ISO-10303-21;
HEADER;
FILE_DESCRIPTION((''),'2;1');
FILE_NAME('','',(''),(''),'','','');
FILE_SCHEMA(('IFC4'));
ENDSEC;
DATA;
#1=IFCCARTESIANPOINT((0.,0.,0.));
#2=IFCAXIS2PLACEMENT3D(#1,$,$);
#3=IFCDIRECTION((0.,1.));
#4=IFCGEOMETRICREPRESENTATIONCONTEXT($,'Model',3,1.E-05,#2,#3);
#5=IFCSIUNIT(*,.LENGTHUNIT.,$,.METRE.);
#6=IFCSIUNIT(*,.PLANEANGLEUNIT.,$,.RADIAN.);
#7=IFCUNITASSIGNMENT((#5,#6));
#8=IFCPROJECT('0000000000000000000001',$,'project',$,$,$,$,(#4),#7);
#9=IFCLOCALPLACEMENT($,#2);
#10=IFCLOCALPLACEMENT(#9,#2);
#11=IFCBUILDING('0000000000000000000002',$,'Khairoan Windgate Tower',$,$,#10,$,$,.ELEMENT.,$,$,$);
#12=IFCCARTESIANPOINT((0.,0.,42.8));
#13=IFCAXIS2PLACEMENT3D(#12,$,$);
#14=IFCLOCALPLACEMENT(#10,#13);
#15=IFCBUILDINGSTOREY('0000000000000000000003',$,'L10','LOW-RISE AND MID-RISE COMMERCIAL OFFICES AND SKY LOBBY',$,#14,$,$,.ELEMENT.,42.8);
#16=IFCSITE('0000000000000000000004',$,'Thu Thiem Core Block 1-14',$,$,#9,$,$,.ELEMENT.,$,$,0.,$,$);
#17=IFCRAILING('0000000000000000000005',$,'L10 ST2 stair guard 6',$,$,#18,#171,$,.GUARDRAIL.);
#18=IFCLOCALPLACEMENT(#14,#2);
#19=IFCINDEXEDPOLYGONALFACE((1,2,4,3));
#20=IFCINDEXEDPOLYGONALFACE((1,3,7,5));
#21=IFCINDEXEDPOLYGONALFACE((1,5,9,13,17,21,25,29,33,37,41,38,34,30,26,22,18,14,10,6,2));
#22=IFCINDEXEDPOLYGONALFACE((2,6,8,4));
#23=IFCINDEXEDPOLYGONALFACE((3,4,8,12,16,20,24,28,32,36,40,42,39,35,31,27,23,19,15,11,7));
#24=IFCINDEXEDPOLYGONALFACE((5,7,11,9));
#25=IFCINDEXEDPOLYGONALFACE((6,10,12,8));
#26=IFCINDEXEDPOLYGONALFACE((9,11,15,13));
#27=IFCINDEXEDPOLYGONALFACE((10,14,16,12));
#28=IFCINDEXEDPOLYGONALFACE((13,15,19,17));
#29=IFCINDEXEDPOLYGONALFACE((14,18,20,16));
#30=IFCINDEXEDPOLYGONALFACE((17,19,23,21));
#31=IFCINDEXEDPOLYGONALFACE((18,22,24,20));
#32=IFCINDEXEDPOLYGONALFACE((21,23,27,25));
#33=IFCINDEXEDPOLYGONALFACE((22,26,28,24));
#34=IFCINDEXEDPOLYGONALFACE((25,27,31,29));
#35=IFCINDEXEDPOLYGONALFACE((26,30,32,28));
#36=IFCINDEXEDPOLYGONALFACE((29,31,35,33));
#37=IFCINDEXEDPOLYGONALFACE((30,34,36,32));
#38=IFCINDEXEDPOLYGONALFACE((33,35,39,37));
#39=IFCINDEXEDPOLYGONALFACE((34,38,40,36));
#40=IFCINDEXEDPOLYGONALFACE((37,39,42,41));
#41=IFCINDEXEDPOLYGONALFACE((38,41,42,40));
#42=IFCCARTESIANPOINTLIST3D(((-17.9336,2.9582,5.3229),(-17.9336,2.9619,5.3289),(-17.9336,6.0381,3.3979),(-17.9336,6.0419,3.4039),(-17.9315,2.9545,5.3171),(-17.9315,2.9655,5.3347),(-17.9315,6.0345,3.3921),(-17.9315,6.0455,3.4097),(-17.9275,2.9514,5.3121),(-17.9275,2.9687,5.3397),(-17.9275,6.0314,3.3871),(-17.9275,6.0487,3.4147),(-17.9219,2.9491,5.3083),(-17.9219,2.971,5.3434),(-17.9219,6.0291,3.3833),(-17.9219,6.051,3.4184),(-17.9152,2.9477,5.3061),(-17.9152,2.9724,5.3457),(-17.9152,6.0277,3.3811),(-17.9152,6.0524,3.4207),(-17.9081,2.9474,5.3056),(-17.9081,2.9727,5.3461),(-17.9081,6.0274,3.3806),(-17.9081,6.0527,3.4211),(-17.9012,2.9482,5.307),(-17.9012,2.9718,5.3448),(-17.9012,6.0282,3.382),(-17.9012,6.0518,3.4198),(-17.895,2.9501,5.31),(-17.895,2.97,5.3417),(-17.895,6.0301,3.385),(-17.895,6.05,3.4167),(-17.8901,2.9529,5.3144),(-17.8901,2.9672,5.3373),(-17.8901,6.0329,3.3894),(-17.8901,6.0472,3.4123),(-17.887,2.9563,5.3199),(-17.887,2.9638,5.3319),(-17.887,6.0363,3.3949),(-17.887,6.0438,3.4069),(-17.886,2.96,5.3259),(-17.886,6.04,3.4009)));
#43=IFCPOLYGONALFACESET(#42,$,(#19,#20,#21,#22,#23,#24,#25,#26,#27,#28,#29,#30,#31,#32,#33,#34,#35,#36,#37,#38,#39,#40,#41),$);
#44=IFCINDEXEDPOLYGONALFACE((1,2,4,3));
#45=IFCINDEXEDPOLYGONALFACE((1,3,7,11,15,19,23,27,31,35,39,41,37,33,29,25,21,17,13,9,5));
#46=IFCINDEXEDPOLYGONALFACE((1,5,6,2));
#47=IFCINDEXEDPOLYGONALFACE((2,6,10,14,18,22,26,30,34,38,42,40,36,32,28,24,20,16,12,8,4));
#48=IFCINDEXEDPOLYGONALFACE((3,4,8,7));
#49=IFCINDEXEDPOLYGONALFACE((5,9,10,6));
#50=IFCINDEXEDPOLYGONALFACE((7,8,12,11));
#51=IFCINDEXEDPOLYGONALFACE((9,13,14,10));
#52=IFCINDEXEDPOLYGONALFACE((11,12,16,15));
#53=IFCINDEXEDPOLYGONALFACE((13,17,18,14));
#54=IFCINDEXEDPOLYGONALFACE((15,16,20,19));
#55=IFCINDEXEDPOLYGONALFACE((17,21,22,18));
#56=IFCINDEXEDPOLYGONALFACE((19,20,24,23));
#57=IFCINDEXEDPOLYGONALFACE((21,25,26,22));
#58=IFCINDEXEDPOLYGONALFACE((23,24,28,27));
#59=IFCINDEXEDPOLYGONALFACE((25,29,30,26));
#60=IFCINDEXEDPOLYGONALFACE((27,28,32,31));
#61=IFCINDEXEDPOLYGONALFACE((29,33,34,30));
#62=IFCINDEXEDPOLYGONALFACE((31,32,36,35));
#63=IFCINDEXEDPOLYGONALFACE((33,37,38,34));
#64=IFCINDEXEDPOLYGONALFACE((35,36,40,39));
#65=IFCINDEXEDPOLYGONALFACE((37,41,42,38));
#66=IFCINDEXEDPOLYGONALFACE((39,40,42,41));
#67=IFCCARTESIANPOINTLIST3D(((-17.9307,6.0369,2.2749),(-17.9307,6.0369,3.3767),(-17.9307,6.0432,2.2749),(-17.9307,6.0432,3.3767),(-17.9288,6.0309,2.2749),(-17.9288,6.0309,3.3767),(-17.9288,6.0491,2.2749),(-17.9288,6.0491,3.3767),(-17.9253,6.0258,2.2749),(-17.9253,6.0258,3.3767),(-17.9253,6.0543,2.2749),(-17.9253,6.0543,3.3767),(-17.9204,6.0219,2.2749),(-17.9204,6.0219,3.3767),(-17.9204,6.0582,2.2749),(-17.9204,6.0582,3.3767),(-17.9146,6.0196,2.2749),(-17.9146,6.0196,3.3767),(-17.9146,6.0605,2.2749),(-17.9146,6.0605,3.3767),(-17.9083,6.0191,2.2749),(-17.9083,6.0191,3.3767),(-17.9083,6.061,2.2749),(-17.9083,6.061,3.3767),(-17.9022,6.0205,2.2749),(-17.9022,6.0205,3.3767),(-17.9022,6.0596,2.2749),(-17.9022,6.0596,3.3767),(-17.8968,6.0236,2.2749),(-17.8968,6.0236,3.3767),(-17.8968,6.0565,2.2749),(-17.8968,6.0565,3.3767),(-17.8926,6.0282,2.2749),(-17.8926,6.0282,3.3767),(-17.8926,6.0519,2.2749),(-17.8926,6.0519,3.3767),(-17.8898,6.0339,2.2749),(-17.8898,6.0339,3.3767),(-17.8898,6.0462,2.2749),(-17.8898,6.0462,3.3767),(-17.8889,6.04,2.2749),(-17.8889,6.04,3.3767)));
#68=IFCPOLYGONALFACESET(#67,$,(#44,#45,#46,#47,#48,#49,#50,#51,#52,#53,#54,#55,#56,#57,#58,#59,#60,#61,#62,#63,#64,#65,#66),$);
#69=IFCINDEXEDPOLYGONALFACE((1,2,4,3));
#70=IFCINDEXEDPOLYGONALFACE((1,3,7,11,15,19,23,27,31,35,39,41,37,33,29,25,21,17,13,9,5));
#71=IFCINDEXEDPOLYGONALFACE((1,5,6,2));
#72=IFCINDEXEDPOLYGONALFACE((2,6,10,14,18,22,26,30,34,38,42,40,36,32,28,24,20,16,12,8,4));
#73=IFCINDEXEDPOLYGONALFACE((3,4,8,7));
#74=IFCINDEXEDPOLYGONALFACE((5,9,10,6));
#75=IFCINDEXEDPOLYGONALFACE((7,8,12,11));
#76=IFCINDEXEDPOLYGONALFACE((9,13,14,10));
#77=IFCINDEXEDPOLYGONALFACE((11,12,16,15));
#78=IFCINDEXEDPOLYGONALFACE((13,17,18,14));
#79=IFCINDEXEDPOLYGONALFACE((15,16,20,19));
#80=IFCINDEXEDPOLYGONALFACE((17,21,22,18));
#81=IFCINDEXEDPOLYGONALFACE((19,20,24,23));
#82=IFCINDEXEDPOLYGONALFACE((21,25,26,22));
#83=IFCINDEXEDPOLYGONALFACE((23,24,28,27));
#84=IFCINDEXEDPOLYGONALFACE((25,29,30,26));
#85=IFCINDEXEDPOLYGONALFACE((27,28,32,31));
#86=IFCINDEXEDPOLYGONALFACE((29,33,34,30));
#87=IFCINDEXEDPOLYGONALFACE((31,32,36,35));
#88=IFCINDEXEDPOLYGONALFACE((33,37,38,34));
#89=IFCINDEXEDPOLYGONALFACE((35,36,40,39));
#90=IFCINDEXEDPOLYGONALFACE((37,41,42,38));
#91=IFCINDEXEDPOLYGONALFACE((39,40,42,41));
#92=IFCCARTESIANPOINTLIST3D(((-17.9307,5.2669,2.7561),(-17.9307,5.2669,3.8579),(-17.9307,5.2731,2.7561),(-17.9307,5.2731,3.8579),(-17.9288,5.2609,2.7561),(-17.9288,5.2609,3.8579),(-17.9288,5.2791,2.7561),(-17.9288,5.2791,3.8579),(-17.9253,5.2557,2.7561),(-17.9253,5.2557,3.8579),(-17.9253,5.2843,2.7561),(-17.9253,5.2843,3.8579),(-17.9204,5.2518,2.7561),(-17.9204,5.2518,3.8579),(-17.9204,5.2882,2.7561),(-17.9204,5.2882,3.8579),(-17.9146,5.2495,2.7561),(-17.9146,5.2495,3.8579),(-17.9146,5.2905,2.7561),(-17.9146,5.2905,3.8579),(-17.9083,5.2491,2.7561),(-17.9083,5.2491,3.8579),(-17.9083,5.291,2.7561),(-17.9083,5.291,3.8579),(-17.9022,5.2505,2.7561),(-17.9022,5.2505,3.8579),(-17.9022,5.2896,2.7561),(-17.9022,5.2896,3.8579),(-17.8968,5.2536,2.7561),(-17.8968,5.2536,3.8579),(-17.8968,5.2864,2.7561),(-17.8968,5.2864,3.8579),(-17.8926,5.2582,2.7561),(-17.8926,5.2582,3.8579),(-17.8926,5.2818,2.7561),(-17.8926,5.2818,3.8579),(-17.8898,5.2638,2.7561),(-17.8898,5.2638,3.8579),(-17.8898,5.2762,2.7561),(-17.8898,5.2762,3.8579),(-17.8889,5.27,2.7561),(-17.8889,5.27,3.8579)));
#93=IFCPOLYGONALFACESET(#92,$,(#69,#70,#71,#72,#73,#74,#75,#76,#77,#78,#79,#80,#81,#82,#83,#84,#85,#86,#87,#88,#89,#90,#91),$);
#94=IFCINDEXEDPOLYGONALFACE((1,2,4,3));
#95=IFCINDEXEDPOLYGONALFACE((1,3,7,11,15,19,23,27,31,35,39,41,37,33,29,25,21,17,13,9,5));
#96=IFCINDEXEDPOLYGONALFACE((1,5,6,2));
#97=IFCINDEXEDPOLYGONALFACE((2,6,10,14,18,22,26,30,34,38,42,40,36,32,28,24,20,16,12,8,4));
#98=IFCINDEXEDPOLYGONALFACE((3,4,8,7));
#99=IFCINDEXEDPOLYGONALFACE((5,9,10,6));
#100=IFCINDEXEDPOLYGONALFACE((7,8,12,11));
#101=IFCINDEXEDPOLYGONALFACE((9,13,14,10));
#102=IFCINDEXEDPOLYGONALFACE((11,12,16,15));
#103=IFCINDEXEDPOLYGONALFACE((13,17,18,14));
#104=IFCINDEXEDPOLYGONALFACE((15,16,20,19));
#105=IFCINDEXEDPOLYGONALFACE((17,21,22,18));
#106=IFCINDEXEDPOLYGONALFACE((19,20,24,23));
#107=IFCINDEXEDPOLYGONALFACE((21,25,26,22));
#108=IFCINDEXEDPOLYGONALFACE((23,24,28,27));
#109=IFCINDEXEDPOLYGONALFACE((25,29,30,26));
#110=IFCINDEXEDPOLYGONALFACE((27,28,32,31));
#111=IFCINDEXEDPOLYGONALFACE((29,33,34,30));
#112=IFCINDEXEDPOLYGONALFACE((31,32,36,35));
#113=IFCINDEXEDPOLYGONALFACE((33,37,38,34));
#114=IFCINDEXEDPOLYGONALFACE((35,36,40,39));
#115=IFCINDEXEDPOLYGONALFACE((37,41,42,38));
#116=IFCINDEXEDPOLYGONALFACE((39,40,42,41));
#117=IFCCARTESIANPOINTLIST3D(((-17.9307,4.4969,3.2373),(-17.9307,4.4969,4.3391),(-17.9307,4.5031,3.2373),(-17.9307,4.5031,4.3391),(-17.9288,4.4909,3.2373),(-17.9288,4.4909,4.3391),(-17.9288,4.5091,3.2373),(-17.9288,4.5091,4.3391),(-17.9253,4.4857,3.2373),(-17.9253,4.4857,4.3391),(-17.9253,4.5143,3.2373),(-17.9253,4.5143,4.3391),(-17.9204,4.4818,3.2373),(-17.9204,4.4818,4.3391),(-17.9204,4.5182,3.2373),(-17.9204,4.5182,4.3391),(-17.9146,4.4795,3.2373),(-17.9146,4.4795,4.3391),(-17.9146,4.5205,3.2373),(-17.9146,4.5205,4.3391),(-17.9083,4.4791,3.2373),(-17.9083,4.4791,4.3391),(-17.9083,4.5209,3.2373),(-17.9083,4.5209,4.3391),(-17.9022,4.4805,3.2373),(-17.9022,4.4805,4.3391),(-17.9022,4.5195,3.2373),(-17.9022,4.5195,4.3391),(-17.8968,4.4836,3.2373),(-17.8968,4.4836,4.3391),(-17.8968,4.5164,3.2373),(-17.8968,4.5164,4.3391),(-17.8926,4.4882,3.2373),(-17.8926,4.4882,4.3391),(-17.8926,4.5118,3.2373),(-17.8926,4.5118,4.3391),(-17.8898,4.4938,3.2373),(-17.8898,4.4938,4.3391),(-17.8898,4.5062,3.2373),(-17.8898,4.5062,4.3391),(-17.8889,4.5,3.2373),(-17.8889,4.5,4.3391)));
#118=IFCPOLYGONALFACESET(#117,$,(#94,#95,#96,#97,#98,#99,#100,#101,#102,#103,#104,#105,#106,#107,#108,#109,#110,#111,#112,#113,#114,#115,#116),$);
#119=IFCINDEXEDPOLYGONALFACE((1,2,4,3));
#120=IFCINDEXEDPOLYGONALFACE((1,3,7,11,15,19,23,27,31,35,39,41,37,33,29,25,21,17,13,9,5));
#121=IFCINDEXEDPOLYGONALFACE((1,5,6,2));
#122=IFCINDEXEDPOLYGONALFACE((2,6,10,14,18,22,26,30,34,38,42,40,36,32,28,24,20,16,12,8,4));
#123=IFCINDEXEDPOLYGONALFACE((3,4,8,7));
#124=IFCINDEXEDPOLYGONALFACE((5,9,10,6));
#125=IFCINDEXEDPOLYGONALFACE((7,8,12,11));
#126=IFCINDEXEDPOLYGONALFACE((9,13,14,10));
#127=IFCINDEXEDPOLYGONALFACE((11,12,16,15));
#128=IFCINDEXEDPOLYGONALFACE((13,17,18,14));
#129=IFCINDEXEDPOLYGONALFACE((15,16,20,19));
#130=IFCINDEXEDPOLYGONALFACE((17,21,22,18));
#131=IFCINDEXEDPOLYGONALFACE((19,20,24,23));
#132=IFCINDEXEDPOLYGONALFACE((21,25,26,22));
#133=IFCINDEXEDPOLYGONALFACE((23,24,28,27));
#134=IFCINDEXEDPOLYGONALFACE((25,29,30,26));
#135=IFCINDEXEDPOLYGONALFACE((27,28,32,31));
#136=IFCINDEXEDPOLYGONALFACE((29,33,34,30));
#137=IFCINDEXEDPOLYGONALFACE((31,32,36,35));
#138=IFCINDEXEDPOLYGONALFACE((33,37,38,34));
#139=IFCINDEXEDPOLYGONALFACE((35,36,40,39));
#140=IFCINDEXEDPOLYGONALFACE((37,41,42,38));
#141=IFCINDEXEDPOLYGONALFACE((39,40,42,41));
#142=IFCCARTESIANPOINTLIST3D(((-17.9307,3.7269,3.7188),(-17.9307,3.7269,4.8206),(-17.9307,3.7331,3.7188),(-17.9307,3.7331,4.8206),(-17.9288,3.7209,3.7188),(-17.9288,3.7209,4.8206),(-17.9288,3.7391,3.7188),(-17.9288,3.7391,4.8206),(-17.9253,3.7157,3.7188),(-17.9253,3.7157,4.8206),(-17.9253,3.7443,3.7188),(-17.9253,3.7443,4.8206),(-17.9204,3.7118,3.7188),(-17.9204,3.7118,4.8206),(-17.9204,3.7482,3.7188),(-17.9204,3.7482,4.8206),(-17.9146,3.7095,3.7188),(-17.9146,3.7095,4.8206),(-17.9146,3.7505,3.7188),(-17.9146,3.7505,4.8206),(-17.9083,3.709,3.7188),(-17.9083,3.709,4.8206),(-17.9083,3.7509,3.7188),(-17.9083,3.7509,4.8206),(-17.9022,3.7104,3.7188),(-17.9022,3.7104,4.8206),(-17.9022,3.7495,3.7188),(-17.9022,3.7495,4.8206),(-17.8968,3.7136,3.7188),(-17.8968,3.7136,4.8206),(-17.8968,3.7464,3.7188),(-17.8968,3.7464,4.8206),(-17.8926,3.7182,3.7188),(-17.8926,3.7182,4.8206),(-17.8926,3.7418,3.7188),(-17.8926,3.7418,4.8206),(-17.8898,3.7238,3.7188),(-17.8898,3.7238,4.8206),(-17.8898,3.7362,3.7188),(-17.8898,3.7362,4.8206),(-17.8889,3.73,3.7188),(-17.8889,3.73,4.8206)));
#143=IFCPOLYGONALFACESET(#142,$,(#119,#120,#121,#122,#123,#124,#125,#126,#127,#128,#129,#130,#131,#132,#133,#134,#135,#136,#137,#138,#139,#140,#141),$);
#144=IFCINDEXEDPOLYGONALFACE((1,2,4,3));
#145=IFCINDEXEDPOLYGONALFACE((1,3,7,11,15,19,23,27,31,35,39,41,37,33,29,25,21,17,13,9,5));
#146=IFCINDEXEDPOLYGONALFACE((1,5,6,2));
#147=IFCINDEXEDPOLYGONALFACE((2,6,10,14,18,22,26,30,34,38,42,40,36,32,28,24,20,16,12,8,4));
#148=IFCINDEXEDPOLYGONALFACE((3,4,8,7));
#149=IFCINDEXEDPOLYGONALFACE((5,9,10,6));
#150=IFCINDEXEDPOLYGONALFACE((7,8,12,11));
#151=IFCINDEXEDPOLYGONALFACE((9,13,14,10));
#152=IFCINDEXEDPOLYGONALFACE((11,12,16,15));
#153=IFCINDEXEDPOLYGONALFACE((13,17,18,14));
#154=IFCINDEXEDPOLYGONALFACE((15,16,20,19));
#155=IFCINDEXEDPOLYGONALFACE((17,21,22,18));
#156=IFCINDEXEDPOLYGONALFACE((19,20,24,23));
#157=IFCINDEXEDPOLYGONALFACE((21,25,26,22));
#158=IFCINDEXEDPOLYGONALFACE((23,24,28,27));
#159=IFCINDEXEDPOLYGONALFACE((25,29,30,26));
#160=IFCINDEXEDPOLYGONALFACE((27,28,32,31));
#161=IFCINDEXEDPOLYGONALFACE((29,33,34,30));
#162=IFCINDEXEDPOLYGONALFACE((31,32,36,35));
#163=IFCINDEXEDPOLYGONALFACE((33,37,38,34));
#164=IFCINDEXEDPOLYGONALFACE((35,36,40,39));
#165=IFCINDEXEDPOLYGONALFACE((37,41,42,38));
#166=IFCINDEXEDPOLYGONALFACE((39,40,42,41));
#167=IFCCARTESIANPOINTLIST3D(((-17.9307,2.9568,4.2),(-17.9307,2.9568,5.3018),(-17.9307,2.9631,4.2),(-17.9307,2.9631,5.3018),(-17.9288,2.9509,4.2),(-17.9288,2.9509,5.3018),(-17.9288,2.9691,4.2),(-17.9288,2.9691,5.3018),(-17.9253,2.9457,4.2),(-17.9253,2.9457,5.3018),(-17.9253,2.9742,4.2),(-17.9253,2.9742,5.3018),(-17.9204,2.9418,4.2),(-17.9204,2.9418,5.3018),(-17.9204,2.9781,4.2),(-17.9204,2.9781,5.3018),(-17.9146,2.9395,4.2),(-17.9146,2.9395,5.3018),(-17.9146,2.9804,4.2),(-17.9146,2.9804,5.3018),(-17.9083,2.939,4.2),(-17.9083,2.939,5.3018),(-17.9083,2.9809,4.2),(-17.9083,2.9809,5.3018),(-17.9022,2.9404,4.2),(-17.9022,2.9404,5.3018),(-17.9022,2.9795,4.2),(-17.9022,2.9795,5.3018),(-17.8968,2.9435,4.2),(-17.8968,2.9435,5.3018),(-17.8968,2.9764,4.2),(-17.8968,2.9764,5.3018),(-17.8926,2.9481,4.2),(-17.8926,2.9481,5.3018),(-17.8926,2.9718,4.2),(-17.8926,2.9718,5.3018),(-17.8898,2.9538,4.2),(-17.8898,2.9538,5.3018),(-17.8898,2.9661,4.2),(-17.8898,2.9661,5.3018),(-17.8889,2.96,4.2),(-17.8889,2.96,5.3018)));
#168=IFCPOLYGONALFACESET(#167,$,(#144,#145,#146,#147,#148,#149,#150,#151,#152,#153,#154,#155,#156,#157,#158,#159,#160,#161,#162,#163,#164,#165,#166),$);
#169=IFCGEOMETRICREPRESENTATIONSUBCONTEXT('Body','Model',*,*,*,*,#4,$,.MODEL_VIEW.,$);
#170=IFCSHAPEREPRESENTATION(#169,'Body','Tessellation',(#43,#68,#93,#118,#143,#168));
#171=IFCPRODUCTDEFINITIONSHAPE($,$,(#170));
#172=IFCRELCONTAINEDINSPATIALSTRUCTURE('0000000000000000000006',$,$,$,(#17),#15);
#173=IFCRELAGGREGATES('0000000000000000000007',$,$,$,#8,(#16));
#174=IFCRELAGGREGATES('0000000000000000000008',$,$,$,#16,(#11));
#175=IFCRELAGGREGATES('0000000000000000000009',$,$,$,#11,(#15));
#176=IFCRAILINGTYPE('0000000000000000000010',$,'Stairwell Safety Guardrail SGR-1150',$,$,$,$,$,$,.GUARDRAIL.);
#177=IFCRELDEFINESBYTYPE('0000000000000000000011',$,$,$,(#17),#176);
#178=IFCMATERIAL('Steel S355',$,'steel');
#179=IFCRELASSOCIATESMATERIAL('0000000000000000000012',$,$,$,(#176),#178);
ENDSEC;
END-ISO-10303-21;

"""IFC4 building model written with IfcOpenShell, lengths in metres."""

from ifc_helpers import new_model, si_unit, direction, frame, origin, origin_2d, place, context, subcontext, project, spatial, circle, extrude, material, type_object, element, save


model = new_model("IFC4")

# Units and contexts
model_context = context("Model", 3, precision=1e-05, world=origin(), true_north=direction((0.0, 1.0)))
body_context = subcontext(model_context, "Body", "Model", "MODEL_VIEW")
ifc_project = project(units=[si_unit("LENGTHUNIT", "METRE"), si_unit("PLANEANGLEUNIT", "RADIAN")], contexts=[model_context])

# Site, building, storey
site_placement = place(None, origin())
site = spatial("IfcSite", under=ifc_project, at=site_placement, Name="Thu Thiem Core Block 1-14", CompositionType="ELEMENT", RefElevation=0.0)
building_placement = place(site_placement, origin())
building = spatial("IfcBuilding", under=site, at=building_placement, Name="Khairoan Windgate Tower", CompositionType="ELEMENT")
storey_placement = place(building_placement, frame((0.0, 0.0, 42.8)))
storey = spatial("IfcBuildingStorey", under=building, at=storey_placement, Name="L10", Description="LOW-RISE AND MID-RISE COMMERCIAL OFFICES AND SKY LOBBY", CompositionType="ELEMENT", Elevation=42.8)

# Railing
ifc_material_1 = material(Name="Steel S355", Category="steel")
railing_type_1 = type_object("IfcRailingType", Name="Stairwell Safety Guardrail SGR-1150", PredefinedType="GUARDRAIL", material=ifc_material_1)
railing_1_placement = place(storey_placement, frame((-17.9099, 6.04, 2.2749)))
element("IfcRailing", 1, at=railing_1_placement, inside=storey, type_object=railing_type_1, Name="L10 ST2 stair guard 6", PredefinedType="GUARDRAIL", context=body_context, shape_type="SweptSolid", body=[
    extrude(circle(Radius=0.0239, at=origin_2d()), frame((0.0, 0.0, 1.126), z_axis=(0.0, -0.847998, 0.529999), x_axis=(1.0, 0.0, 0.0)), (0.0, 0.0, 1.0), 3.6321),
    extrude(circle(Radius=0.021, at=origin_2d()), origin(), (0.0, 0.0, 1.0), 1.1018),
    extrude(circle(Radius=0.021, at=origin_2d()), frame((0.0, -0.77, 0.4812)), (0.0, 0.0, 1.0), 1.1018),
    extrude(circle(Radius=0.021, at=origin_2d()), frame((0.0, -1.54, 0.9624)), (0.0, 0.0, 1.0), 1.1018),
    extrude(circle(Radius=0.021, at=origin_2d()), frame((0.0, -2.3101, 1.4438)), (0.0, 0.0, 1.0), 1.1018),
    extrude(circle(Radius=0.021, at=origin_2d()), frame((0.0, -3.0801, 1.925)), (0.0, 0.0, 1.0), 1.1018),
])

save(model, "model.ifc")
